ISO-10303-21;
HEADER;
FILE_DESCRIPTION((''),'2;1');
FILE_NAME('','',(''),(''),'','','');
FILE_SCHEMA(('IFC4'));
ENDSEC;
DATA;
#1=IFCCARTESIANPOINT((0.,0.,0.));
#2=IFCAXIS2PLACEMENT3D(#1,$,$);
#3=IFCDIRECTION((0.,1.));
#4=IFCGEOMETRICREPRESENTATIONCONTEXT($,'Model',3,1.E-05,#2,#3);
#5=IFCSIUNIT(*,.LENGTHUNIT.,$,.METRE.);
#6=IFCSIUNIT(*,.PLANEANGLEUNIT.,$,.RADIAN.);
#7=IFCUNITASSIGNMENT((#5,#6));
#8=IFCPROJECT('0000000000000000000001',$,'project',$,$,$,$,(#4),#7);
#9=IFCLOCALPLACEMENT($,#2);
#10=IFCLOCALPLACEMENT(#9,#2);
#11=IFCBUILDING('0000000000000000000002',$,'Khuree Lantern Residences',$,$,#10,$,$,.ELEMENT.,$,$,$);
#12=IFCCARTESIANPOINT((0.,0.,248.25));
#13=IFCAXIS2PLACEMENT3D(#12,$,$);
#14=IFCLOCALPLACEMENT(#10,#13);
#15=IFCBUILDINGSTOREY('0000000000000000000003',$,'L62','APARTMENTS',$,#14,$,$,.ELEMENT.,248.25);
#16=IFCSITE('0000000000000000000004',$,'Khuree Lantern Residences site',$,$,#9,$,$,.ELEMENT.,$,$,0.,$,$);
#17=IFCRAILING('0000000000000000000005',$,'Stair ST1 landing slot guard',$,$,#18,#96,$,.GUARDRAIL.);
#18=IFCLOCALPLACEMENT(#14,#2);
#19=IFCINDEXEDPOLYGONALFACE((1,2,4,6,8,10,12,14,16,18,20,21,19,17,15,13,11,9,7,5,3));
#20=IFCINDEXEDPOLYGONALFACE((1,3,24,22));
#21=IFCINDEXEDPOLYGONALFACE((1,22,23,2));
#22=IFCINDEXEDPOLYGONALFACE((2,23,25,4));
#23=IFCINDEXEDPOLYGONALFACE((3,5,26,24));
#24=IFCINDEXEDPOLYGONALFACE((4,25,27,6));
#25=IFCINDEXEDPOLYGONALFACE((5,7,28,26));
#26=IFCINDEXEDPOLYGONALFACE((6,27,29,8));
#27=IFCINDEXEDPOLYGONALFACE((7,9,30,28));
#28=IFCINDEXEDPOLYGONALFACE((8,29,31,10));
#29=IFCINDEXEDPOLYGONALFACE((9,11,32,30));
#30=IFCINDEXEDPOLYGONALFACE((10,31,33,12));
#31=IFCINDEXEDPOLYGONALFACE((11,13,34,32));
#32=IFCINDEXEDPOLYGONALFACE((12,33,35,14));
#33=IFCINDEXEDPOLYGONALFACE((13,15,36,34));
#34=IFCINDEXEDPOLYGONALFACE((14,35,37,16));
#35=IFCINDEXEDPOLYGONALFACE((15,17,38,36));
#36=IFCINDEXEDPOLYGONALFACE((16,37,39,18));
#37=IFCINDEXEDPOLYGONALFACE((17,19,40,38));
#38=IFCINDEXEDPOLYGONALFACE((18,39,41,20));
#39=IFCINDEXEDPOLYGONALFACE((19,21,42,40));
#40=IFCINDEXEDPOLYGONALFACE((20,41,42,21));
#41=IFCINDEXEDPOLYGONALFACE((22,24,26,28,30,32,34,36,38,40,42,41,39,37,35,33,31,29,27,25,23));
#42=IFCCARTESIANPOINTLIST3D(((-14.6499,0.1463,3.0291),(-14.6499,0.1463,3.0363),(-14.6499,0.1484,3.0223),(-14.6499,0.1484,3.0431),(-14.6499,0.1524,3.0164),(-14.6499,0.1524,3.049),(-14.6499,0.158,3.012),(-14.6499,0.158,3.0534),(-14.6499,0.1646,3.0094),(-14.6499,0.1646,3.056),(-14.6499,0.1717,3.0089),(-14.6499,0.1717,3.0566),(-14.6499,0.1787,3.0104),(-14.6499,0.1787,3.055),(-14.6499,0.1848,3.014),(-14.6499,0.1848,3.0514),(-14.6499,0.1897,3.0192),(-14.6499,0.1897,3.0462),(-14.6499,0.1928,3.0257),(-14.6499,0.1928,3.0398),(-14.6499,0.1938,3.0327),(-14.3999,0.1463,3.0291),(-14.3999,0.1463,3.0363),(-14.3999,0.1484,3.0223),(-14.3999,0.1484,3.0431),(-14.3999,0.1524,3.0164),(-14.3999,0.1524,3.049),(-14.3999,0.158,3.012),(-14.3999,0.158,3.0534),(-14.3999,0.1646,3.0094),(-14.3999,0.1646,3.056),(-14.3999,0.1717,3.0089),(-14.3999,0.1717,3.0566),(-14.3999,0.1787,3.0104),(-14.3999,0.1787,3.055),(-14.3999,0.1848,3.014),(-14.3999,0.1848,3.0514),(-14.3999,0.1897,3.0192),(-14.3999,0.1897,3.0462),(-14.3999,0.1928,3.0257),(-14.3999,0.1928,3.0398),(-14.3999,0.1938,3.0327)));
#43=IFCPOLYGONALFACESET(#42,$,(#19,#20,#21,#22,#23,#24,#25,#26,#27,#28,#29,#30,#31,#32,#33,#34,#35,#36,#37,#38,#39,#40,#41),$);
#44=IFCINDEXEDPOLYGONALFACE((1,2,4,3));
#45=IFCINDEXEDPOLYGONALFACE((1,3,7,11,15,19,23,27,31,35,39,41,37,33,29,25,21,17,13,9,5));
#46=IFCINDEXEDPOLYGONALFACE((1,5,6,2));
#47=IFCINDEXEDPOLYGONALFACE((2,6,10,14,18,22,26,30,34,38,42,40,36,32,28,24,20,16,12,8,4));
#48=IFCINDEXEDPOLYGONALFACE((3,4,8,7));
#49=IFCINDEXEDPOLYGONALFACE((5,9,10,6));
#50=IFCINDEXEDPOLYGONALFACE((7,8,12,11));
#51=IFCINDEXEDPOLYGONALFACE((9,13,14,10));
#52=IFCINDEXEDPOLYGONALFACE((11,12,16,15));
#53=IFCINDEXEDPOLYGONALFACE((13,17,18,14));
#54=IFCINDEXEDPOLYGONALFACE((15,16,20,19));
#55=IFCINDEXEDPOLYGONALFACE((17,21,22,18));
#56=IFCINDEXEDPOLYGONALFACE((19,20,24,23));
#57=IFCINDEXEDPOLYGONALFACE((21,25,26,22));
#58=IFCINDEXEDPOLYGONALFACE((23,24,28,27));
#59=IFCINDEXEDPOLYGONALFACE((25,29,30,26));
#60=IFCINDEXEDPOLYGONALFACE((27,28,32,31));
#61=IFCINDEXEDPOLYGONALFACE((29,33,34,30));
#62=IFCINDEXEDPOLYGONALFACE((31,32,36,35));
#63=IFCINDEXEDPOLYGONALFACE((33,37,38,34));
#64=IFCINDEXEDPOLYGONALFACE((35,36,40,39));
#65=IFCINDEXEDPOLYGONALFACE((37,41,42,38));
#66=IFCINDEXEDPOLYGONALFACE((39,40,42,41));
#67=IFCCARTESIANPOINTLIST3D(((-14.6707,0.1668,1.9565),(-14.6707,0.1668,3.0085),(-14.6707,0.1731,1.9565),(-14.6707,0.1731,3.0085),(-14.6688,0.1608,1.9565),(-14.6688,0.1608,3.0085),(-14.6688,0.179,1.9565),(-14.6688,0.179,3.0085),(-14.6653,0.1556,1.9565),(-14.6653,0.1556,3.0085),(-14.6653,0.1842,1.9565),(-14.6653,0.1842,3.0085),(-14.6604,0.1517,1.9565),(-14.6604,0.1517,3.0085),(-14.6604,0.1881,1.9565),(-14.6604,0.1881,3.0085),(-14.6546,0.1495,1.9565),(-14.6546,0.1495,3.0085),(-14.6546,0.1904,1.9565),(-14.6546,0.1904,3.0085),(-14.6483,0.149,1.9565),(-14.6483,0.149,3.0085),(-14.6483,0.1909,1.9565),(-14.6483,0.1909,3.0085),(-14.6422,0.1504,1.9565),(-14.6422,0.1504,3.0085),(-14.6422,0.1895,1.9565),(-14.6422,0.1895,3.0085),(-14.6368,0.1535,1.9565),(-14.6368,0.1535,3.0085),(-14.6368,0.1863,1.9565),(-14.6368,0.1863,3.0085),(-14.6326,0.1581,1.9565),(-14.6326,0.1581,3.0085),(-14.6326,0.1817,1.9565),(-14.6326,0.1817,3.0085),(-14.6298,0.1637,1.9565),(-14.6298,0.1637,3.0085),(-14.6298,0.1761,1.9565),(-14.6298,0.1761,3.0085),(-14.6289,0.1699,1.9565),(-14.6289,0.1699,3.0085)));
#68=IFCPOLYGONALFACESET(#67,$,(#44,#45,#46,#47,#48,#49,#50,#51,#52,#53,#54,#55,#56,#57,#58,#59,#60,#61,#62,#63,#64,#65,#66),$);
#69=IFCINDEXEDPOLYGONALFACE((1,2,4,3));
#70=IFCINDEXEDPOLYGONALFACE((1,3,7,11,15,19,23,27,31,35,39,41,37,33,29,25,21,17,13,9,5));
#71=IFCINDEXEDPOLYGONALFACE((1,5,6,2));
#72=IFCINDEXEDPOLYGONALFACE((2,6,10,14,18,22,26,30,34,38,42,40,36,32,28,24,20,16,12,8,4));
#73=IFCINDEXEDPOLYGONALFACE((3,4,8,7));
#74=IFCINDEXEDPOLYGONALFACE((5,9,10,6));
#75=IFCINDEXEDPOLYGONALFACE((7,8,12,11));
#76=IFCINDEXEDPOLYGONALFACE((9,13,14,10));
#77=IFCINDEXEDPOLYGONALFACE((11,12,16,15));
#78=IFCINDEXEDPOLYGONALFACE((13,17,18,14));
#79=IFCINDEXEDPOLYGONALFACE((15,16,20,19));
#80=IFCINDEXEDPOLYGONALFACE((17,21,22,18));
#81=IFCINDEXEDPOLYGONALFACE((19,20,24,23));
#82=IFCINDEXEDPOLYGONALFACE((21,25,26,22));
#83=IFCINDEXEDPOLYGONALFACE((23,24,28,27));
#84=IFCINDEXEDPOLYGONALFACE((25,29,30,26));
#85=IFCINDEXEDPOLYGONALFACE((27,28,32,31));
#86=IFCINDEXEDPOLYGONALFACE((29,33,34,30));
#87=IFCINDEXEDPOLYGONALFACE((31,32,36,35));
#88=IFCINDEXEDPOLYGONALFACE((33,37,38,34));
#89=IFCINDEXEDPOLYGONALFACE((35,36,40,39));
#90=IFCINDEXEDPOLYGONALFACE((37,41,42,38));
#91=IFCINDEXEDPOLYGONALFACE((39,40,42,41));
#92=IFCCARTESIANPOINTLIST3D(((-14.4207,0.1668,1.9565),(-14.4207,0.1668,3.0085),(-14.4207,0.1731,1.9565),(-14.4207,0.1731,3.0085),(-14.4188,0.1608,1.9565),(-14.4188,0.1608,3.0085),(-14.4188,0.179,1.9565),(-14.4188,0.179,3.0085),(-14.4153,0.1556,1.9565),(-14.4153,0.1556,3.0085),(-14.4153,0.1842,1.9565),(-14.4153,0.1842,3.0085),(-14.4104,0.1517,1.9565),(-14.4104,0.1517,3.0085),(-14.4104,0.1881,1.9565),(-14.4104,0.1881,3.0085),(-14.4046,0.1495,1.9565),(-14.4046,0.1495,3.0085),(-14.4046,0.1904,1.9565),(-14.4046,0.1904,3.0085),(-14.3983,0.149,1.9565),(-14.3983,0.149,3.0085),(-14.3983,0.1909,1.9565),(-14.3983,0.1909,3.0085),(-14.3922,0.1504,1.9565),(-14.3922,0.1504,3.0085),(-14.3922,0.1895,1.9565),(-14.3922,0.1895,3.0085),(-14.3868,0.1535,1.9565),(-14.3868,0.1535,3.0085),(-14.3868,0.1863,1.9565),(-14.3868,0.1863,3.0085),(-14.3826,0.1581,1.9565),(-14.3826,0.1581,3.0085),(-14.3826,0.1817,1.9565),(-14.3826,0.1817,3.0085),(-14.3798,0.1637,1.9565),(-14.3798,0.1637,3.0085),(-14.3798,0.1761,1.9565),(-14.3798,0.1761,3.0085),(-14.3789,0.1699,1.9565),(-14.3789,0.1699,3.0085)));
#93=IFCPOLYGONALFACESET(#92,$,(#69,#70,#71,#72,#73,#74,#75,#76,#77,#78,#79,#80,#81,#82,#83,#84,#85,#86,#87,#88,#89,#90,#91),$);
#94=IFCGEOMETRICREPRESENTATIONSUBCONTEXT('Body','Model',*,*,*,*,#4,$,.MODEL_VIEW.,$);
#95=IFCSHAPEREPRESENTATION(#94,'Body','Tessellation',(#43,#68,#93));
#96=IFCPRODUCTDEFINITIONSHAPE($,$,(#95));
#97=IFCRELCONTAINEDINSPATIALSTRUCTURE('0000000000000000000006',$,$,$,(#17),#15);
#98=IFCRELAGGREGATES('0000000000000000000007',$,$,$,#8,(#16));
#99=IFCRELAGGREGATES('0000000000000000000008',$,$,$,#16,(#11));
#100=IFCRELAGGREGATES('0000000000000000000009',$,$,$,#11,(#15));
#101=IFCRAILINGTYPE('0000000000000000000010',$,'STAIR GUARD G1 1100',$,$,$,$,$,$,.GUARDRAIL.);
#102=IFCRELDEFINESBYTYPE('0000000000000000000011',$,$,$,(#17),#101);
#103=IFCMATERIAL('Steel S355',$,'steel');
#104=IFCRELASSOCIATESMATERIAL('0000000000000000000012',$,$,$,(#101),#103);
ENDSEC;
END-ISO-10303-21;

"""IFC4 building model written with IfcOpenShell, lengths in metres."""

from ifc_helpers import new_model, si_unit, direction, frame, origin, origin_2d, place, context, subcontext, project, spatial, circle, extrude, material, type_object, element, save


model = new_model("IFC4")

# Units and contexts
model_context = context("Model", 3, precision=1e-05, world=origin(), true_north=direction((0.0, 1.0)))
body_context = subcontext(model_context, "Body", "Model", "MODEL_VIEW")
ifc_project = project(units=[si_unit("LENGTHUNIT", "METRE"), si_unit("PLANEANGLEUNIT", "RADIAN")], contexts=[model_context])

# Site, building, storey
site_placement = place(None, origin())
site = spatial("IfcSite", under=ifc_project, at=site_placement, Name="Khuree Lantern Residences site", CompositionType="ELEMENT", RefElevation=0.0)
building_placement = place(site_placement, origin())
building = spatial("IfcBuilding", under=site, at=building_placement, Name="Khuree Lantern Residences", CompositionType="ELEMENT")
storey_placement = place(building_placement, frame((0.0, 0.0, 248.25)))
storey = spatial("IfcBuildingStorey", under=building, at=storey_placement, Name="L62", Description="APARTMENTS", CompositionType="ELEMENT", Elevation=248.25)

# Railing
ifc_material_1 = material(Name="Steel S355", Category="steel")
railing_type = type_object("IfcRailingType", Name="STAIR GUARD G1 1100", PredefinedType="GUARDRAIL", material=ifc_material_1)
railing_placement = place(storey_placement, frame((-14.6499, 0.1699, 1.9565)))
element("IfcRailing", 1, at=railing_placement, inside=storey, type_object=railing_type, Name="Stair ST1 landing slot guard", PredefinedType="GUARDRAIL", context=body_context, shape_type="SweptSolid", body=[
    extrude(circle(Radius=0.0239, at=origin_2d()), frame((0.0, 0.0, 1.0762), z_axis=(1.0, 0.0, 0.0), x_axis=(0.0, 1.0, 0.0)), (0.0, 0.0, 1.0), 0.25),
    extrude(circle(Radius=0.021, at=origin_2d()), origin(), (0.0, 0.0, 1.0), 1.052),
    extrude(circle(Radius=0.021, at=origin_2d()), frame((0.25, 0.0, 0.0)), (0.0, 0.0, 1.0), 1.052),
])

save(model, "model.ifc")
